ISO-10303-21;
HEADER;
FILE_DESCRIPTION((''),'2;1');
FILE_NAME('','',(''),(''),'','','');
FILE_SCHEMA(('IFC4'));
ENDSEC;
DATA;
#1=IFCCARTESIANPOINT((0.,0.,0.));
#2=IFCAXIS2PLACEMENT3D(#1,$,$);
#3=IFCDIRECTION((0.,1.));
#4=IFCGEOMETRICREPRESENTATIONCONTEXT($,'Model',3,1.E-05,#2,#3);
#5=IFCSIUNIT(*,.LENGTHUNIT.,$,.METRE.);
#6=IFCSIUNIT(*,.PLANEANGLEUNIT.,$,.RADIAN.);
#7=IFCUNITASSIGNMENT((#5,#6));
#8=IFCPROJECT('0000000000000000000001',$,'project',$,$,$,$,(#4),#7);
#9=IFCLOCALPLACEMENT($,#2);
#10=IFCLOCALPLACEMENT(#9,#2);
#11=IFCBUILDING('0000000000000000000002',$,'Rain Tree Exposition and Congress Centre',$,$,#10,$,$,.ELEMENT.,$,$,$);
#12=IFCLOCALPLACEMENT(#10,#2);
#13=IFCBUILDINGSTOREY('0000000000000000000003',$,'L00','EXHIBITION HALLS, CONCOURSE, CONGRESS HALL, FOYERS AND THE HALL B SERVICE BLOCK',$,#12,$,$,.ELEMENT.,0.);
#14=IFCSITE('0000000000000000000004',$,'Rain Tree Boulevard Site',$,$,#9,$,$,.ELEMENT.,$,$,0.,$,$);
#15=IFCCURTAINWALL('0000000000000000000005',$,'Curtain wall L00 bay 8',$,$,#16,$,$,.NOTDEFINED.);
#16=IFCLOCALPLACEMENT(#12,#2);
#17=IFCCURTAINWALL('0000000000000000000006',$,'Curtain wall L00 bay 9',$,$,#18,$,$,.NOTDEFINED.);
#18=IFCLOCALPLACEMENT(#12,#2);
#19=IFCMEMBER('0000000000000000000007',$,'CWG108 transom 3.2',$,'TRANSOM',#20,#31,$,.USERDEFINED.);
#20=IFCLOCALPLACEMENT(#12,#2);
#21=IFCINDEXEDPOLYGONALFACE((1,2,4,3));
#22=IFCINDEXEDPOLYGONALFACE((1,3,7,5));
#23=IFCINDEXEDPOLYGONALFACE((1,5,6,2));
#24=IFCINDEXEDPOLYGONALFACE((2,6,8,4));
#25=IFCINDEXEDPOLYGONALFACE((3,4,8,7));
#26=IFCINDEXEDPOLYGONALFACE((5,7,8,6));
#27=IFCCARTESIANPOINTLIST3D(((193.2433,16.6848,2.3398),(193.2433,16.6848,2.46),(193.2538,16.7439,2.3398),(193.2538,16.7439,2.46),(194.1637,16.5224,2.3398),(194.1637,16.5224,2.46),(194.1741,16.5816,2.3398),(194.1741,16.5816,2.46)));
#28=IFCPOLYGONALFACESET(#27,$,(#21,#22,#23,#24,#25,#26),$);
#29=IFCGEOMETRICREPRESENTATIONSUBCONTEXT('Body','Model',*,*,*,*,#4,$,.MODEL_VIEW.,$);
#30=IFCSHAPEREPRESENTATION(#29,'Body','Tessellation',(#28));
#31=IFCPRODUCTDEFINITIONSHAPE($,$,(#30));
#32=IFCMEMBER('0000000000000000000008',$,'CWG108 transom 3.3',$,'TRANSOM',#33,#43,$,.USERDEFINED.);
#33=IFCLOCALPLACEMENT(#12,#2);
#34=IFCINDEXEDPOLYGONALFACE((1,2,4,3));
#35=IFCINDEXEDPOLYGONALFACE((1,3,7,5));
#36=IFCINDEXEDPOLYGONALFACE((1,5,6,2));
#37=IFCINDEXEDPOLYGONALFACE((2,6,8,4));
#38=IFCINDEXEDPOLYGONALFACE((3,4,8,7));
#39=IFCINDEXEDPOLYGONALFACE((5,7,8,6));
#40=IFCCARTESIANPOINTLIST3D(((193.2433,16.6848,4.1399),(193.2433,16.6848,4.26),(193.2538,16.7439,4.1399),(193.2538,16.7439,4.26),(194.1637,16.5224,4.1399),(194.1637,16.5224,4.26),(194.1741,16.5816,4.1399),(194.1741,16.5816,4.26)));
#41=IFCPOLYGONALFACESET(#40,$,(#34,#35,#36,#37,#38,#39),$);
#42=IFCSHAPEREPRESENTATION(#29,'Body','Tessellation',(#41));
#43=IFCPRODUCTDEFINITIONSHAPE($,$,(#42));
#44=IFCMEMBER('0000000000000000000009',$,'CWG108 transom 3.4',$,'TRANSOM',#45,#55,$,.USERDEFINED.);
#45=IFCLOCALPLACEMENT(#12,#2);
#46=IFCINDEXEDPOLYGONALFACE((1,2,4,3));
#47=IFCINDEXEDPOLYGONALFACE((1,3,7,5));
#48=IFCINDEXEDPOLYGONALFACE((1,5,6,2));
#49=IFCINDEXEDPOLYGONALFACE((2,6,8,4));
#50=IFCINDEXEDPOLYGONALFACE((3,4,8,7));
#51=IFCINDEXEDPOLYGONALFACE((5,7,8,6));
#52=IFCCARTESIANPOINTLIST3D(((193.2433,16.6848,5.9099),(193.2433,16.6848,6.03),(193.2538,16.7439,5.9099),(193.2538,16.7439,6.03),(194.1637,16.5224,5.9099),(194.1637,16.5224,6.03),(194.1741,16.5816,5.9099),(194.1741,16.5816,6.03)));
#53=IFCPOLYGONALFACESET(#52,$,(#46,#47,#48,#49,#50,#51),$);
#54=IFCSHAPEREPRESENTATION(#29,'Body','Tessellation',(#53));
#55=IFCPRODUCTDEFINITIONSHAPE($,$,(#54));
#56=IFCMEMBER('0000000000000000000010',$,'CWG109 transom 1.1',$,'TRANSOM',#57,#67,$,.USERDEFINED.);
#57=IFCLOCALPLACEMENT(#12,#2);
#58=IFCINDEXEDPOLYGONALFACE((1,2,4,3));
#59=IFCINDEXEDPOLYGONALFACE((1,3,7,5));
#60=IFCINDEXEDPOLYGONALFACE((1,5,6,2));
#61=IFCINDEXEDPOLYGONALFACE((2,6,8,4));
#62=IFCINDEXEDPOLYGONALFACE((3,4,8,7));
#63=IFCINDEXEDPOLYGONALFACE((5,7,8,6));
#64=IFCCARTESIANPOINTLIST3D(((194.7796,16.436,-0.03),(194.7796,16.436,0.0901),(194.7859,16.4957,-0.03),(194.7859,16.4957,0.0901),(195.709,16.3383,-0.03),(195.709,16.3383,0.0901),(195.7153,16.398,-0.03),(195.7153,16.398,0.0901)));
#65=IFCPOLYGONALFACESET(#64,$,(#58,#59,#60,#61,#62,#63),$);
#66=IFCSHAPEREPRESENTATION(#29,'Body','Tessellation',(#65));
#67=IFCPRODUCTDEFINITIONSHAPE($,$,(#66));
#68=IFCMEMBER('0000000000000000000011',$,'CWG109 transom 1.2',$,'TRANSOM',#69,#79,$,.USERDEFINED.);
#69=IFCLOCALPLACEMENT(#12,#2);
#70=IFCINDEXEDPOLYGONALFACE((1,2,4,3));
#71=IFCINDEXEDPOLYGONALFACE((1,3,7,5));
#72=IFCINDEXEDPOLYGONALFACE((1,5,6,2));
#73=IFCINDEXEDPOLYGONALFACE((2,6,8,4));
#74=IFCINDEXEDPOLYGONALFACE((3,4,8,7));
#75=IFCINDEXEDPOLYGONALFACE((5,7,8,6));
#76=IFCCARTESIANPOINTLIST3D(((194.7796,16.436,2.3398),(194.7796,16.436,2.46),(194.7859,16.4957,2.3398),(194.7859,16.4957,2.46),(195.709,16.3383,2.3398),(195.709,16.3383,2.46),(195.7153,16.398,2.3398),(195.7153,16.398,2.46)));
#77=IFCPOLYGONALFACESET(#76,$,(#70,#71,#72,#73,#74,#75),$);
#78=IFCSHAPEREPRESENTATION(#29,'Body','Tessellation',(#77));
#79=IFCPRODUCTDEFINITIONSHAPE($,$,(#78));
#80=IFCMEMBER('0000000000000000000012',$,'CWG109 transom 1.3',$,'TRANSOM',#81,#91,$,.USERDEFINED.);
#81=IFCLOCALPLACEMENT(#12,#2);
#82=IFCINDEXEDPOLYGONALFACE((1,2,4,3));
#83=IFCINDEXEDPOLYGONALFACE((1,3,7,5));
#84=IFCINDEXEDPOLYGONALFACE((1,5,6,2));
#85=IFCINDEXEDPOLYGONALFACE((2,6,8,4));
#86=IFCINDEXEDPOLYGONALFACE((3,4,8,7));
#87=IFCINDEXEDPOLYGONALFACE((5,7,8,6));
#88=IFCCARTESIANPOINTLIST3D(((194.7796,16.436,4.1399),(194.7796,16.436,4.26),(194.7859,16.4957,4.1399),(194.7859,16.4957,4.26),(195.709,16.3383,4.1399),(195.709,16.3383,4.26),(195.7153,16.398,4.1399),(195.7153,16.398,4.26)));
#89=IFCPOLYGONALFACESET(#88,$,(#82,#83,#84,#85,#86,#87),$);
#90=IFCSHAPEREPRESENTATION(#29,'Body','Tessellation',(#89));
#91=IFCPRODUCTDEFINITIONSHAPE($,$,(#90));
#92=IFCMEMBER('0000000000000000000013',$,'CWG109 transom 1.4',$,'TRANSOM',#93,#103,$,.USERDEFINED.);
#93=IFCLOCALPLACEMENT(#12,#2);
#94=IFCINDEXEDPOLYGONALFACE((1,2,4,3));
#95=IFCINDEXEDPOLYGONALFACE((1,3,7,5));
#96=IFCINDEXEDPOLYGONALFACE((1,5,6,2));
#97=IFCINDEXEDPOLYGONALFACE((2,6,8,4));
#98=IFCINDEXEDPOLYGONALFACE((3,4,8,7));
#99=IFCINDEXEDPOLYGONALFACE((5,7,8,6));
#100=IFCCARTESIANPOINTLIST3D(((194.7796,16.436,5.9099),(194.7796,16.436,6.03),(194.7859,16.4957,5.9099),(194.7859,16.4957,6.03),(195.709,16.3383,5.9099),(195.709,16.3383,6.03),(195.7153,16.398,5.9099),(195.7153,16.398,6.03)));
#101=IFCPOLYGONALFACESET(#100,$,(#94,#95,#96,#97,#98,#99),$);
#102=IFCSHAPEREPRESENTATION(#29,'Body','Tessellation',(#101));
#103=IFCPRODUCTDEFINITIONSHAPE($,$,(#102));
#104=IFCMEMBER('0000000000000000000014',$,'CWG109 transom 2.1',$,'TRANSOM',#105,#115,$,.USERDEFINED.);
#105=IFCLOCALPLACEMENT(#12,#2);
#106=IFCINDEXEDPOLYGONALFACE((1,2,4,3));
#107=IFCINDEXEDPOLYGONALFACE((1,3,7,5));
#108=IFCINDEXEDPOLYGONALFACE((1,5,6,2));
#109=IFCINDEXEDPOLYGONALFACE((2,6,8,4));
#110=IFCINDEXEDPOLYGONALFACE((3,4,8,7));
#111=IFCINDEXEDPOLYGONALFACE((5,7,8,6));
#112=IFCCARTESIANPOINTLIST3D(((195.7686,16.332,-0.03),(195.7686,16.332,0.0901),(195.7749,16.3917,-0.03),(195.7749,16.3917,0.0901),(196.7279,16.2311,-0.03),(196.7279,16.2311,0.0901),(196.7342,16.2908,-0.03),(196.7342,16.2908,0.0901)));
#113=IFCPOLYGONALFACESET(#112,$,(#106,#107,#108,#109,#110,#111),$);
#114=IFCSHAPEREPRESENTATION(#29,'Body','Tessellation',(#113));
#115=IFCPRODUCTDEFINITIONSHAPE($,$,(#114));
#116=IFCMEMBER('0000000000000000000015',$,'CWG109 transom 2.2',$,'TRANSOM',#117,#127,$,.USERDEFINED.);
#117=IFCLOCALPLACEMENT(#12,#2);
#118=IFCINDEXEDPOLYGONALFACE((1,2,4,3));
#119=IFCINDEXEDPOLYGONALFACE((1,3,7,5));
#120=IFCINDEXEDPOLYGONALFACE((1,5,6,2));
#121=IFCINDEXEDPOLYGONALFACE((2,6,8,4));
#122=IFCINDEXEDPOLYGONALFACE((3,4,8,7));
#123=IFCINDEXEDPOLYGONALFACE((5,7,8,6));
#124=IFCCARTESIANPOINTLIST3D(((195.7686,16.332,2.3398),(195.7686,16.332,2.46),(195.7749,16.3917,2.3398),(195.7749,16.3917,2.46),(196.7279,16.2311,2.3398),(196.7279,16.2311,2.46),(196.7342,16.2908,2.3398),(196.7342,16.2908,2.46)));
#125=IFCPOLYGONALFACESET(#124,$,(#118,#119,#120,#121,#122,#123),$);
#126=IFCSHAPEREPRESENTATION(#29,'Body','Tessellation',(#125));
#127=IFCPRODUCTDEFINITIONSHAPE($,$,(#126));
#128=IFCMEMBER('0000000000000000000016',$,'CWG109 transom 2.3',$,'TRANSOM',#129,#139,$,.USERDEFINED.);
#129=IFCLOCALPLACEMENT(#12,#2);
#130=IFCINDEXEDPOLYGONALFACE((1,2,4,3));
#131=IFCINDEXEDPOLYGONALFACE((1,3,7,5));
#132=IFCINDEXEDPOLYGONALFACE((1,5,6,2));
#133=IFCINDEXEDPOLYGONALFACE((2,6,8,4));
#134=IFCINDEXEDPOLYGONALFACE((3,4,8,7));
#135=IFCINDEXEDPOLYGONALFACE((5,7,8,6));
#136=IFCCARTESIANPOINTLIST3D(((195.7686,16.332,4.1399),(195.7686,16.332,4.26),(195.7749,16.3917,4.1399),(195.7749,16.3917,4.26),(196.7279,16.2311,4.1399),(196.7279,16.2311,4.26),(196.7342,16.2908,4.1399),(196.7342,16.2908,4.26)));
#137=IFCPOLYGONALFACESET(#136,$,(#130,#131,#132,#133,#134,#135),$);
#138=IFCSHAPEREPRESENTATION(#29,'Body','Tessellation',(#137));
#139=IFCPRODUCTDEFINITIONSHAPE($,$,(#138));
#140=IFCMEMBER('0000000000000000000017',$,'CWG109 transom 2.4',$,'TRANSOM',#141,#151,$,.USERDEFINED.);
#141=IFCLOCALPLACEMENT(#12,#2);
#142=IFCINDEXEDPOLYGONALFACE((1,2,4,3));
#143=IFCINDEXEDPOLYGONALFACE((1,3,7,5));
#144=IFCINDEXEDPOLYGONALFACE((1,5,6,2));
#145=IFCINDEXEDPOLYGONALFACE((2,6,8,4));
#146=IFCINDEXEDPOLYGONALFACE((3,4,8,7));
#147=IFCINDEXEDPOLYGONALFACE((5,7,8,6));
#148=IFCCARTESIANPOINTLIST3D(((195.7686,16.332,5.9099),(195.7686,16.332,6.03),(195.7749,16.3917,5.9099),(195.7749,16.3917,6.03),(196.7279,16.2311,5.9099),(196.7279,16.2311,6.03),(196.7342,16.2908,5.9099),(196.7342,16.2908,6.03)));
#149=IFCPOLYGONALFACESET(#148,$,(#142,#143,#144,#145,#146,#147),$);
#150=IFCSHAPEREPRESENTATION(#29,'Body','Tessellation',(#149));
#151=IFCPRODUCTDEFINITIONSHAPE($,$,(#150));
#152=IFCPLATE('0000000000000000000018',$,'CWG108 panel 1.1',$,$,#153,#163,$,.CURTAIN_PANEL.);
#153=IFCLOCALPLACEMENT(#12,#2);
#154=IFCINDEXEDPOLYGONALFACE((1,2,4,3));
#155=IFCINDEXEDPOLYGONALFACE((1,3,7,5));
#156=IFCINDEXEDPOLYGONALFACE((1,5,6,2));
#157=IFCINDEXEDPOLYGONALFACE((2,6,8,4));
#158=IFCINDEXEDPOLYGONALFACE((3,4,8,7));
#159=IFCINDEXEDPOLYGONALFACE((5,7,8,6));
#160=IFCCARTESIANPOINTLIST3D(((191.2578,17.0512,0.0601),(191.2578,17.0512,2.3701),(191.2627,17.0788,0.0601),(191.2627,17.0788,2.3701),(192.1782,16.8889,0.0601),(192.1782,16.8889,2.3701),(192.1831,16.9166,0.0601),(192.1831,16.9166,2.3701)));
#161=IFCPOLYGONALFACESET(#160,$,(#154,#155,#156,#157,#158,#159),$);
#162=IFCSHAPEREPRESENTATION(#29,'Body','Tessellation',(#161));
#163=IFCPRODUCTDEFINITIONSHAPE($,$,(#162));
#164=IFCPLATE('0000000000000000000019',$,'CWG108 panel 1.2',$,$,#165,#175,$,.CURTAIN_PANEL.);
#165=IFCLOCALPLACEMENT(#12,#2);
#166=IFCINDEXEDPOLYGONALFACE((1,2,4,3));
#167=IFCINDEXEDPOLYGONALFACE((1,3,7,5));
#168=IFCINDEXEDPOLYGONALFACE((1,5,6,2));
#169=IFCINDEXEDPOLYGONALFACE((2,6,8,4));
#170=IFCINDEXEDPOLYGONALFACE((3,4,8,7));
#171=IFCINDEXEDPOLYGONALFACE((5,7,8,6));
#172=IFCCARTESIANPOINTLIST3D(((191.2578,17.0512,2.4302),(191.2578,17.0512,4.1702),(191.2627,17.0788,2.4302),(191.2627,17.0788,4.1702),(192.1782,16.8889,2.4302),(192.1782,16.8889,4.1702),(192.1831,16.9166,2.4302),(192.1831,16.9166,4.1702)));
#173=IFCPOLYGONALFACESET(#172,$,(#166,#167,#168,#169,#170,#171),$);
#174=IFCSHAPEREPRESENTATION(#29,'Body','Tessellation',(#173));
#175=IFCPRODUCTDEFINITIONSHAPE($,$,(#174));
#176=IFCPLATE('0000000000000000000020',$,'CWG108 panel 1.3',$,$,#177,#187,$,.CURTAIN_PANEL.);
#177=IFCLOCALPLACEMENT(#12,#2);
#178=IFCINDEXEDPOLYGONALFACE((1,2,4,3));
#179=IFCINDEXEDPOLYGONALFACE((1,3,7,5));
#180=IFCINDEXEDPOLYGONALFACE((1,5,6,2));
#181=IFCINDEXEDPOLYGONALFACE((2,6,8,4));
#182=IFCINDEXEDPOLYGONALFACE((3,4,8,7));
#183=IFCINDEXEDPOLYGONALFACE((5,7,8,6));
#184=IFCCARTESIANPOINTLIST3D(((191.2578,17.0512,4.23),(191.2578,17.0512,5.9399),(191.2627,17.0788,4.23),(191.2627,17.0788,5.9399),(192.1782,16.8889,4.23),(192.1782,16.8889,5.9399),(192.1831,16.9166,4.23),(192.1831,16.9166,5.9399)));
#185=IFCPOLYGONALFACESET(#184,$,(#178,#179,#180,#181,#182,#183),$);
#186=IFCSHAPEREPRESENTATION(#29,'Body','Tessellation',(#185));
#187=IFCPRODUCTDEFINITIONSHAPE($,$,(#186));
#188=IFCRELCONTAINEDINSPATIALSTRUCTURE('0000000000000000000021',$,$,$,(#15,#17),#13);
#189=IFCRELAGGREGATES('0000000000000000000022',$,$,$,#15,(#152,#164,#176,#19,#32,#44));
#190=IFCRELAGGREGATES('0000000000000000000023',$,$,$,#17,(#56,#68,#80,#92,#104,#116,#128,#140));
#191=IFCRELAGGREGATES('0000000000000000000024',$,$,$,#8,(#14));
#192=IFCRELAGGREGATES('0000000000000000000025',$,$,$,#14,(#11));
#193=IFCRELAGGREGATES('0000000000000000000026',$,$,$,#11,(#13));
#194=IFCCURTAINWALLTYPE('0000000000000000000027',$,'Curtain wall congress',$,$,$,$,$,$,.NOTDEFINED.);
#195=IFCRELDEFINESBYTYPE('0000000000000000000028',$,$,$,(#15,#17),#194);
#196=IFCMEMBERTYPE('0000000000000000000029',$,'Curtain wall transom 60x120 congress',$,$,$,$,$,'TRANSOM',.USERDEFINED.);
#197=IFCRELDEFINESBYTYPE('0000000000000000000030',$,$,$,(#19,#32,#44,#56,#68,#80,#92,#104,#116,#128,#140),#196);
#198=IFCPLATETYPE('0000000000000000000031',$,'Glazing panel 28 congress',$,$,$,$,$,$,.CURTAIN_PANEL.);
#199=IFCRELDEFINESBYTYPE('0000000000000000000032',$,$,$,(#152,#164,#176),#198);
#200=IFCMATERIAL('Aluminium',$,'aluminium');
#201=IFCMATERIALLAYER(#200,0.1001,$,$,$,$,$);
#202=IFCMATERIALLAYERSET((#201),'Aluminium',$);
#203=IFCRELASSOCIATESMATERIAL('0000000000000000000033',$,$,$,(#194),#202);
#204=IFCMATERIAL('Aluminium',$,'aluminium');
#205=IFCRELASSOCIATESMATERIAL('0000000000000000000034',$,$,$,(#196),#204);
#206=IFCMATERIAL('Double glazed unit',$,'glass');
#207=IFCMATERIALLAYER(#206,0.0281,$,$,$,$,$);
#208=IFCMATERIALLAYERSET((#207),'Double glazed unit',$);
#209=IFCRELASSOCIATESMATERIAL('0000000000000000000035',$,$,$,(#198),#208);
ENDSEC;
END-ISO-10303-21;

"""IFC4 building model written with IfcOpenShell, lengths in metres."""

from ifc_helpers import new_model, si_unit, direction, frame, origin, origin_2d, place, context, subcontext, project, spatial, rectangle, extrude, material, layer, layer_set, material_profile, profile_set, type_object, element, aggregate, save


model = new_model("IFC4")

# Units and contexts
model_context = context("Model", 3, precision=1e-05, world=origin(), true_north=direction((0.0, 1.0)))
body_context = subcontext(model_context, "Body", "Model", "MODEL_VIEW")
ifc_project = project(units=[si_unit("LENGTHUNIT", "METRE"), si_unit("PLANEANGLEUNIT", "RADIAN")], contexts=[model_context])

# Site, building, storey
site_placement = place(None, origin())
site = spatial("IfcSite", under=ifc_project, at=site_placement, Name="Rain Tree Boulevard Site", CompositionType="ELEMENT", RefElevation=0.0)
building_placement = place(site_placement, origin())
building = spatial("IfcBuilding", under=site, at=building_placement, Name="Rain Tree Exposition and Congress Centre", CompositionType="ELEMENT")
storey_placement = place(building_placement, origin())
storey = spatial("IfcBuildingStorey", under=building, at=storey_placement, Name="L00", Description="EXHIBITION HALLS, CONCOURSE, CONGRESS HALL, FOYERS AND THE HALL B SERVICE BLOCK", CompositionType="ELEMENT", Elevation=0.0)

# Curtain walls
ifc_material_1 = material(Name="Aluminium", Category="aluminium")
ifc_layer_1 = layer(ifc_material_1, 0.1001)
ifc_layer_set_1 = layer_set([ifc_layer_1], Name="Aluminium")
curtain_wall_type = type_object("IfcCurtainWallType", Name="Curtain wall congress", PredefinedType="NOTDEFINED", material=ifc_layer_set_1)
curtain_wall_1_placement = place(storey_placement, origin())
curtain_wall_1 = element("IfcCurtainWall", 1, at=curtain_wall_1_placement, inside=storey, type_object=curtain_wall_type, Name="Curtain wall L00 bay 8", PredefinedType="NOTDEFINED")
curtain_wall_2_placement = place(storey_placement, origin())
curtain_wall_2 = element("IfcCurtainWall", 2, at=curtain_wall_2_placement, inside=storey, type_object=curtain_wall_type, Name="Curtain wall L00 bay 9", PredefinedType="NOTDEFINED")

# Members
ifc_material_2 = material(Name="Aluminium", Category="aluminium")
ifc_material_profile_1 = material_profile(ifc_material_2, rectangle(XDim=0.0601, YDim=0.1201, at=origin_2d()), Name="AL 60x120")
ifc_profile_set_1 = profile_set([ifc_material_profile_1], Name="Aluminium")
member_type_1 = type_object("IfcMemberType", Name="Curtain wall transom 60x120 congress", ElementType="TRANSOM", PredefinedType="USERDEFINED", material=ifc_profile_set_1)
member_1_placement = place(storey_placement, frame((193.2485, 16.7144, 2.3999), z_axis=(0.984797, -0.173711, 0.0), x_axis=(0.173711, 0.984797, 0.0)))
member_1 = element("IfcMember", 3, at=member_1_placement, type_object=member_type_1, Name="CWG108 transom 3.2", ObjectType="TRANSOM", PredefinedType="USERDEFINED", context=body_context, shape_type="SweptSolid", body=[
    extrude(rectangle(XDim=0.0601, YDim=0.1201, at=origin_2d()), origin(), (0.0, 0.0, 1.0), 0.9346),
])
member_2_placement = place(storey_placement, frame((193.2485, 16.7144, 4.2), z_axis=(0.984797, -0.173711, 0.0), x_axis=(0.173711, 0.984797, 0.0)))
member_2 = element("IfcMember", 4, at=member_2_placement, type_object=member_type_1, Name="CWG108 transom 3.3", ObjectType="TRANSOM", PredefinedType="USERDEFINED", context=body_context, shape_type="SweptSolid", body=[
    extrude(rectangle(XDim=0.0601, YDim=0.1201, at=origin_2d()), origin(), (0.0, 0.0, 1.0), 0.9346),
])
member_3_placement = place(storey_placement, frame((193.2485, 16.7144, 5.97), z_axis=(0.984797, -0.173711, 0.0), x_axis=(0.173711, 0.984797, 0.0)))
member_3 = element("IfcMember", 5, at=member_3_placement, type_object=member_type_1, Name="CWG108 transom 3.4", ObjectType="TRANSOM", PredefinedType="USERDEFINED", context=body_context, shape_type="SweptSolid", body=[
    extrude(rectangle(XDim=0.0601, YDim=0.1201, at=origin_2d()), origin(), (0.0, 0.0, 1.0), 0.9346),
])
member_4_placement = place(storey_placement, frame((194.7827, 16.4658, 0.03), z_axis=(0.994525, -0.104494, 0.0), x_axis=(0.104494, 0.994525, 0.0)))
member_4 = element("IfcMember", 6, at=member_4_placement, type_object=member_type_1, Name="CWG109 transom 1.1", ObjectType="TRANSOM", PredefinedType="USERDEFINED", context=body_context, shape_type="SweptSolid", body=[
    extrude(rectangle(XDim=0.0601, YDim=0.1201, at=origin_2d()), origin(), (0.0, 0.0, 1.0), 0.9346),
])
member_5_placement = place(storey_placement, frame((194.7827, 16.4658, 2.3999), z_axis=(0.994525, -0.104494, 0.0), x_axis=(0.104494, 0.994525, 0.0)))
member_5 = element("IfcMember", 7, at=member_5_placement, type_object=member_type_1, Name="CWG109 transom 1.2", ObjectType="TRANSOM", PredefinedType="USERDEFINED", context=body_context, shape_type="SweptSolid", body=[
    extrude(rectangle(XDim=0.0601, YDim=0.1201, at=origin_2d()), origin(), (0.0, 0.0, 1.0), 0.9346),
])
member_6_placement = place(storey_placement, frame((194.7827, 16.4658, 4.2), z_axis=(0.994525, -0.104494, 0.0), x_axis=(0.104494, 0.994525, 0.0)))
member_6 = element("IfcMember", 8, at=member_6_placement, type_object=member_type_1, Name="CWG109 transom 1.3", ObjectType="TRANSOM", PredefinedType="USERDEFINED", context=body_context, shape_type="SweptSolid", body=[
    extrude(rectangle(XDim=0.0601, YDim=0.1201, at=origin_2d()), origin(), (0.0, 0.0, 1.0), 0.9346),
])
member_7_placement = place(storey_placement, frame((194.7827, 16.4658, 5.97), z_axis=(0.994525, -0.104494, 0.0), x_axis=(0.104494, 0.994525, 0.0)))
member_7 = element("IfcMember", 9, at=member_7_placement, type_object=member_type_1, Name="CWG109 transom 1.4", ObjectType="TRANSOM", PredefinedType="USERDEFINED", context=body_context, shape_type="SweptSolid", body=[
    extrude(rectangle(XDim=0.0601, YDim=0.1201, at=origin_2d()), origin(), (0.0, 0.0, 1.0), 0.9346),
])
member_8_placement = place(storey_placement, frame((195.7717, 16.3618, 0.03), z_axis=(0.994521, -0.10454, 0.0), x_axis=(0.10454, 0.994521, 0.0)))
member_8 = element("IfcMember", 10, at=member_8_placement, type_object=member_type_1, Name="CWG109 transom 2.1", ObjectType="TRANSOM", PredefinedType="USERDEFINED", context=body_context, shape_type="SweptSolid", body=[
    extrude(rectangle(XDim=0.0601, YDim=0.1201, at=origin_2d()), origin(), (0.0, 0.0, 1.0), 0.9646),
])
member_9_placement = place(storey_placement, frame((195.7717, 16.3618, 2.3999), z_axis=(0.994521, -0.10454, 0.0), x_axis=(0.10454, 0.994521, 0.0)))
member_9 = element("IfcMember", 11, at=member_9_placement, type_object=member_type_1, Name="CWG109 transom 2.2", ObjectType="TRANSOM", PredefinedType="USERDEFINED", context=body_context, shape_type="SweptSolid", body=[
    extrude(rectangle(XDim=0.0601, YDim=0.1201, at=origin_2d()), origin(), (0.0, 0.0, 1.0), 0.9646),
])
member_10_placement = place(storey_placement, frame((195.7717, 16.3618, 4.2), z_axis=(0.994521, -0.10454, 0.0), x_axis=(0.10454, 0.994521, 0.0)))
member_10 = element("IfcMember", 12, at=member_10_placement, type_object=member_type_1, Name="CWG109 transom 2.3", ObjectType="TRANSOM", PredefinedType="USERDEFINED", context=body_context, shape_type="SweptSolid", body=[
    extrude(rectangle(XDim=0.0601, YDim=0.1201, at=origin_2d()), origin(), (0.0, 0.0, 1.0), 0.9646),
])
member_11_placement = place(storey_placement, frame((195.7717, 16.3618, 5.97), z_axis=(0.994521, -0.10454, 0.0), x_axis=(0.10454, 0.994521, 0.0)))
member_11 = element("IfcMember", 13, at=member_11_placement, type_object=member_type_1, Name="CWG109 transom 2.4", ObjectType="TRANSOM", PredefinedType="USERDEFINED", context=body_context, shape_type="SweptSolid", body=[
    extrude(rectangle(XDim=0.0601, YDim=0.1201, at=origin_2d()), origin(), (0.0, 0.0, 1.0), 0.9646),
])

# Plates
ifc_material_3 = material(Name="Double glazed unit", Category="glass")
ifc_layer_2 = layer(ifc_material_3, 0.0281)
ifc_layer_set_2 = layer_set([ifc_layer_2], Name="Double glazed unit")
plate_type = type_object("IfcPlateType", Name="Glazing panel 28 congress", PredefinedType="CURTAIN_PANEL", material=ifc_layer_set_2)
plate_1_placement = place(storey_placement, frame((191.7205, 16.9839, 0.0601), z_axis=(0.0, 0.0, 1.0), x_axis=(0.98481, -0.173635, 0.0)))
plate_1 = element("IfcPlate", 14, at=plate_1_placement, type_object=plate_type, Name="CWG108 panel 1.1", PredefinedType="CURTAIN_PANEL", context=body_context, shape_type="SweptSolid", body=[
    extrude(rectangle(XDim=0.9346, YDim=0.0281, at=origin_2d()), origin(), (0.0, 0.0, 1.0), 2.3101),
])
plate_2_placement = place(storey_placement, frame((191.7205, 16.9839, 2.4302), z_axis=(0.0, 0.0, 1.0), x_axis=(0.98481, -0.173635, 0.0)))
plate_2 = element("IfcPlate", 15, at=plate_2_placement, type_object=plate_type, Name="CWG108 panel 1.2", PredefinedType="CURTAIN_PANEL", context=body_context, shape_type="SweptSolid", body=[
    extrude(rectangle(XDim=0.9346, YDim=0.0281, at=origin_2d()), origin(), (0.0, 0.0, 1.0), 1.74),
])
plate_3_placement = place(storey_placement, frame((191.7205, 16.9839, 4.23), z_axis=(0.0, 0.0, 1.0), x_axis=(0.98481, -0.173635, 0.0)))
plate_3 = element("IfcPlate", 16, at=plate_3_placement, type_object=plate_type, Name="CWG108 panel 1.3", PredefinedType="CURTAIN_PANEL", context=body_context, shape_type="SweptSolid", body=[
    extrude(rectangle(XDim=0.9346, YDim=0.0281, at=origin_2d()), origin(), (0.0, 0.0, 1.0), 1.71),
])
aggregate(curtain_wall_1, [plate_1, plate_2, plate_3, member_1, member_2, member_3])
aggregate(curtain_wall_2, [member_4, member_5, member_6, member_7, member_8, member_9, member_10, member_11])

save(model, "model.ifc")
